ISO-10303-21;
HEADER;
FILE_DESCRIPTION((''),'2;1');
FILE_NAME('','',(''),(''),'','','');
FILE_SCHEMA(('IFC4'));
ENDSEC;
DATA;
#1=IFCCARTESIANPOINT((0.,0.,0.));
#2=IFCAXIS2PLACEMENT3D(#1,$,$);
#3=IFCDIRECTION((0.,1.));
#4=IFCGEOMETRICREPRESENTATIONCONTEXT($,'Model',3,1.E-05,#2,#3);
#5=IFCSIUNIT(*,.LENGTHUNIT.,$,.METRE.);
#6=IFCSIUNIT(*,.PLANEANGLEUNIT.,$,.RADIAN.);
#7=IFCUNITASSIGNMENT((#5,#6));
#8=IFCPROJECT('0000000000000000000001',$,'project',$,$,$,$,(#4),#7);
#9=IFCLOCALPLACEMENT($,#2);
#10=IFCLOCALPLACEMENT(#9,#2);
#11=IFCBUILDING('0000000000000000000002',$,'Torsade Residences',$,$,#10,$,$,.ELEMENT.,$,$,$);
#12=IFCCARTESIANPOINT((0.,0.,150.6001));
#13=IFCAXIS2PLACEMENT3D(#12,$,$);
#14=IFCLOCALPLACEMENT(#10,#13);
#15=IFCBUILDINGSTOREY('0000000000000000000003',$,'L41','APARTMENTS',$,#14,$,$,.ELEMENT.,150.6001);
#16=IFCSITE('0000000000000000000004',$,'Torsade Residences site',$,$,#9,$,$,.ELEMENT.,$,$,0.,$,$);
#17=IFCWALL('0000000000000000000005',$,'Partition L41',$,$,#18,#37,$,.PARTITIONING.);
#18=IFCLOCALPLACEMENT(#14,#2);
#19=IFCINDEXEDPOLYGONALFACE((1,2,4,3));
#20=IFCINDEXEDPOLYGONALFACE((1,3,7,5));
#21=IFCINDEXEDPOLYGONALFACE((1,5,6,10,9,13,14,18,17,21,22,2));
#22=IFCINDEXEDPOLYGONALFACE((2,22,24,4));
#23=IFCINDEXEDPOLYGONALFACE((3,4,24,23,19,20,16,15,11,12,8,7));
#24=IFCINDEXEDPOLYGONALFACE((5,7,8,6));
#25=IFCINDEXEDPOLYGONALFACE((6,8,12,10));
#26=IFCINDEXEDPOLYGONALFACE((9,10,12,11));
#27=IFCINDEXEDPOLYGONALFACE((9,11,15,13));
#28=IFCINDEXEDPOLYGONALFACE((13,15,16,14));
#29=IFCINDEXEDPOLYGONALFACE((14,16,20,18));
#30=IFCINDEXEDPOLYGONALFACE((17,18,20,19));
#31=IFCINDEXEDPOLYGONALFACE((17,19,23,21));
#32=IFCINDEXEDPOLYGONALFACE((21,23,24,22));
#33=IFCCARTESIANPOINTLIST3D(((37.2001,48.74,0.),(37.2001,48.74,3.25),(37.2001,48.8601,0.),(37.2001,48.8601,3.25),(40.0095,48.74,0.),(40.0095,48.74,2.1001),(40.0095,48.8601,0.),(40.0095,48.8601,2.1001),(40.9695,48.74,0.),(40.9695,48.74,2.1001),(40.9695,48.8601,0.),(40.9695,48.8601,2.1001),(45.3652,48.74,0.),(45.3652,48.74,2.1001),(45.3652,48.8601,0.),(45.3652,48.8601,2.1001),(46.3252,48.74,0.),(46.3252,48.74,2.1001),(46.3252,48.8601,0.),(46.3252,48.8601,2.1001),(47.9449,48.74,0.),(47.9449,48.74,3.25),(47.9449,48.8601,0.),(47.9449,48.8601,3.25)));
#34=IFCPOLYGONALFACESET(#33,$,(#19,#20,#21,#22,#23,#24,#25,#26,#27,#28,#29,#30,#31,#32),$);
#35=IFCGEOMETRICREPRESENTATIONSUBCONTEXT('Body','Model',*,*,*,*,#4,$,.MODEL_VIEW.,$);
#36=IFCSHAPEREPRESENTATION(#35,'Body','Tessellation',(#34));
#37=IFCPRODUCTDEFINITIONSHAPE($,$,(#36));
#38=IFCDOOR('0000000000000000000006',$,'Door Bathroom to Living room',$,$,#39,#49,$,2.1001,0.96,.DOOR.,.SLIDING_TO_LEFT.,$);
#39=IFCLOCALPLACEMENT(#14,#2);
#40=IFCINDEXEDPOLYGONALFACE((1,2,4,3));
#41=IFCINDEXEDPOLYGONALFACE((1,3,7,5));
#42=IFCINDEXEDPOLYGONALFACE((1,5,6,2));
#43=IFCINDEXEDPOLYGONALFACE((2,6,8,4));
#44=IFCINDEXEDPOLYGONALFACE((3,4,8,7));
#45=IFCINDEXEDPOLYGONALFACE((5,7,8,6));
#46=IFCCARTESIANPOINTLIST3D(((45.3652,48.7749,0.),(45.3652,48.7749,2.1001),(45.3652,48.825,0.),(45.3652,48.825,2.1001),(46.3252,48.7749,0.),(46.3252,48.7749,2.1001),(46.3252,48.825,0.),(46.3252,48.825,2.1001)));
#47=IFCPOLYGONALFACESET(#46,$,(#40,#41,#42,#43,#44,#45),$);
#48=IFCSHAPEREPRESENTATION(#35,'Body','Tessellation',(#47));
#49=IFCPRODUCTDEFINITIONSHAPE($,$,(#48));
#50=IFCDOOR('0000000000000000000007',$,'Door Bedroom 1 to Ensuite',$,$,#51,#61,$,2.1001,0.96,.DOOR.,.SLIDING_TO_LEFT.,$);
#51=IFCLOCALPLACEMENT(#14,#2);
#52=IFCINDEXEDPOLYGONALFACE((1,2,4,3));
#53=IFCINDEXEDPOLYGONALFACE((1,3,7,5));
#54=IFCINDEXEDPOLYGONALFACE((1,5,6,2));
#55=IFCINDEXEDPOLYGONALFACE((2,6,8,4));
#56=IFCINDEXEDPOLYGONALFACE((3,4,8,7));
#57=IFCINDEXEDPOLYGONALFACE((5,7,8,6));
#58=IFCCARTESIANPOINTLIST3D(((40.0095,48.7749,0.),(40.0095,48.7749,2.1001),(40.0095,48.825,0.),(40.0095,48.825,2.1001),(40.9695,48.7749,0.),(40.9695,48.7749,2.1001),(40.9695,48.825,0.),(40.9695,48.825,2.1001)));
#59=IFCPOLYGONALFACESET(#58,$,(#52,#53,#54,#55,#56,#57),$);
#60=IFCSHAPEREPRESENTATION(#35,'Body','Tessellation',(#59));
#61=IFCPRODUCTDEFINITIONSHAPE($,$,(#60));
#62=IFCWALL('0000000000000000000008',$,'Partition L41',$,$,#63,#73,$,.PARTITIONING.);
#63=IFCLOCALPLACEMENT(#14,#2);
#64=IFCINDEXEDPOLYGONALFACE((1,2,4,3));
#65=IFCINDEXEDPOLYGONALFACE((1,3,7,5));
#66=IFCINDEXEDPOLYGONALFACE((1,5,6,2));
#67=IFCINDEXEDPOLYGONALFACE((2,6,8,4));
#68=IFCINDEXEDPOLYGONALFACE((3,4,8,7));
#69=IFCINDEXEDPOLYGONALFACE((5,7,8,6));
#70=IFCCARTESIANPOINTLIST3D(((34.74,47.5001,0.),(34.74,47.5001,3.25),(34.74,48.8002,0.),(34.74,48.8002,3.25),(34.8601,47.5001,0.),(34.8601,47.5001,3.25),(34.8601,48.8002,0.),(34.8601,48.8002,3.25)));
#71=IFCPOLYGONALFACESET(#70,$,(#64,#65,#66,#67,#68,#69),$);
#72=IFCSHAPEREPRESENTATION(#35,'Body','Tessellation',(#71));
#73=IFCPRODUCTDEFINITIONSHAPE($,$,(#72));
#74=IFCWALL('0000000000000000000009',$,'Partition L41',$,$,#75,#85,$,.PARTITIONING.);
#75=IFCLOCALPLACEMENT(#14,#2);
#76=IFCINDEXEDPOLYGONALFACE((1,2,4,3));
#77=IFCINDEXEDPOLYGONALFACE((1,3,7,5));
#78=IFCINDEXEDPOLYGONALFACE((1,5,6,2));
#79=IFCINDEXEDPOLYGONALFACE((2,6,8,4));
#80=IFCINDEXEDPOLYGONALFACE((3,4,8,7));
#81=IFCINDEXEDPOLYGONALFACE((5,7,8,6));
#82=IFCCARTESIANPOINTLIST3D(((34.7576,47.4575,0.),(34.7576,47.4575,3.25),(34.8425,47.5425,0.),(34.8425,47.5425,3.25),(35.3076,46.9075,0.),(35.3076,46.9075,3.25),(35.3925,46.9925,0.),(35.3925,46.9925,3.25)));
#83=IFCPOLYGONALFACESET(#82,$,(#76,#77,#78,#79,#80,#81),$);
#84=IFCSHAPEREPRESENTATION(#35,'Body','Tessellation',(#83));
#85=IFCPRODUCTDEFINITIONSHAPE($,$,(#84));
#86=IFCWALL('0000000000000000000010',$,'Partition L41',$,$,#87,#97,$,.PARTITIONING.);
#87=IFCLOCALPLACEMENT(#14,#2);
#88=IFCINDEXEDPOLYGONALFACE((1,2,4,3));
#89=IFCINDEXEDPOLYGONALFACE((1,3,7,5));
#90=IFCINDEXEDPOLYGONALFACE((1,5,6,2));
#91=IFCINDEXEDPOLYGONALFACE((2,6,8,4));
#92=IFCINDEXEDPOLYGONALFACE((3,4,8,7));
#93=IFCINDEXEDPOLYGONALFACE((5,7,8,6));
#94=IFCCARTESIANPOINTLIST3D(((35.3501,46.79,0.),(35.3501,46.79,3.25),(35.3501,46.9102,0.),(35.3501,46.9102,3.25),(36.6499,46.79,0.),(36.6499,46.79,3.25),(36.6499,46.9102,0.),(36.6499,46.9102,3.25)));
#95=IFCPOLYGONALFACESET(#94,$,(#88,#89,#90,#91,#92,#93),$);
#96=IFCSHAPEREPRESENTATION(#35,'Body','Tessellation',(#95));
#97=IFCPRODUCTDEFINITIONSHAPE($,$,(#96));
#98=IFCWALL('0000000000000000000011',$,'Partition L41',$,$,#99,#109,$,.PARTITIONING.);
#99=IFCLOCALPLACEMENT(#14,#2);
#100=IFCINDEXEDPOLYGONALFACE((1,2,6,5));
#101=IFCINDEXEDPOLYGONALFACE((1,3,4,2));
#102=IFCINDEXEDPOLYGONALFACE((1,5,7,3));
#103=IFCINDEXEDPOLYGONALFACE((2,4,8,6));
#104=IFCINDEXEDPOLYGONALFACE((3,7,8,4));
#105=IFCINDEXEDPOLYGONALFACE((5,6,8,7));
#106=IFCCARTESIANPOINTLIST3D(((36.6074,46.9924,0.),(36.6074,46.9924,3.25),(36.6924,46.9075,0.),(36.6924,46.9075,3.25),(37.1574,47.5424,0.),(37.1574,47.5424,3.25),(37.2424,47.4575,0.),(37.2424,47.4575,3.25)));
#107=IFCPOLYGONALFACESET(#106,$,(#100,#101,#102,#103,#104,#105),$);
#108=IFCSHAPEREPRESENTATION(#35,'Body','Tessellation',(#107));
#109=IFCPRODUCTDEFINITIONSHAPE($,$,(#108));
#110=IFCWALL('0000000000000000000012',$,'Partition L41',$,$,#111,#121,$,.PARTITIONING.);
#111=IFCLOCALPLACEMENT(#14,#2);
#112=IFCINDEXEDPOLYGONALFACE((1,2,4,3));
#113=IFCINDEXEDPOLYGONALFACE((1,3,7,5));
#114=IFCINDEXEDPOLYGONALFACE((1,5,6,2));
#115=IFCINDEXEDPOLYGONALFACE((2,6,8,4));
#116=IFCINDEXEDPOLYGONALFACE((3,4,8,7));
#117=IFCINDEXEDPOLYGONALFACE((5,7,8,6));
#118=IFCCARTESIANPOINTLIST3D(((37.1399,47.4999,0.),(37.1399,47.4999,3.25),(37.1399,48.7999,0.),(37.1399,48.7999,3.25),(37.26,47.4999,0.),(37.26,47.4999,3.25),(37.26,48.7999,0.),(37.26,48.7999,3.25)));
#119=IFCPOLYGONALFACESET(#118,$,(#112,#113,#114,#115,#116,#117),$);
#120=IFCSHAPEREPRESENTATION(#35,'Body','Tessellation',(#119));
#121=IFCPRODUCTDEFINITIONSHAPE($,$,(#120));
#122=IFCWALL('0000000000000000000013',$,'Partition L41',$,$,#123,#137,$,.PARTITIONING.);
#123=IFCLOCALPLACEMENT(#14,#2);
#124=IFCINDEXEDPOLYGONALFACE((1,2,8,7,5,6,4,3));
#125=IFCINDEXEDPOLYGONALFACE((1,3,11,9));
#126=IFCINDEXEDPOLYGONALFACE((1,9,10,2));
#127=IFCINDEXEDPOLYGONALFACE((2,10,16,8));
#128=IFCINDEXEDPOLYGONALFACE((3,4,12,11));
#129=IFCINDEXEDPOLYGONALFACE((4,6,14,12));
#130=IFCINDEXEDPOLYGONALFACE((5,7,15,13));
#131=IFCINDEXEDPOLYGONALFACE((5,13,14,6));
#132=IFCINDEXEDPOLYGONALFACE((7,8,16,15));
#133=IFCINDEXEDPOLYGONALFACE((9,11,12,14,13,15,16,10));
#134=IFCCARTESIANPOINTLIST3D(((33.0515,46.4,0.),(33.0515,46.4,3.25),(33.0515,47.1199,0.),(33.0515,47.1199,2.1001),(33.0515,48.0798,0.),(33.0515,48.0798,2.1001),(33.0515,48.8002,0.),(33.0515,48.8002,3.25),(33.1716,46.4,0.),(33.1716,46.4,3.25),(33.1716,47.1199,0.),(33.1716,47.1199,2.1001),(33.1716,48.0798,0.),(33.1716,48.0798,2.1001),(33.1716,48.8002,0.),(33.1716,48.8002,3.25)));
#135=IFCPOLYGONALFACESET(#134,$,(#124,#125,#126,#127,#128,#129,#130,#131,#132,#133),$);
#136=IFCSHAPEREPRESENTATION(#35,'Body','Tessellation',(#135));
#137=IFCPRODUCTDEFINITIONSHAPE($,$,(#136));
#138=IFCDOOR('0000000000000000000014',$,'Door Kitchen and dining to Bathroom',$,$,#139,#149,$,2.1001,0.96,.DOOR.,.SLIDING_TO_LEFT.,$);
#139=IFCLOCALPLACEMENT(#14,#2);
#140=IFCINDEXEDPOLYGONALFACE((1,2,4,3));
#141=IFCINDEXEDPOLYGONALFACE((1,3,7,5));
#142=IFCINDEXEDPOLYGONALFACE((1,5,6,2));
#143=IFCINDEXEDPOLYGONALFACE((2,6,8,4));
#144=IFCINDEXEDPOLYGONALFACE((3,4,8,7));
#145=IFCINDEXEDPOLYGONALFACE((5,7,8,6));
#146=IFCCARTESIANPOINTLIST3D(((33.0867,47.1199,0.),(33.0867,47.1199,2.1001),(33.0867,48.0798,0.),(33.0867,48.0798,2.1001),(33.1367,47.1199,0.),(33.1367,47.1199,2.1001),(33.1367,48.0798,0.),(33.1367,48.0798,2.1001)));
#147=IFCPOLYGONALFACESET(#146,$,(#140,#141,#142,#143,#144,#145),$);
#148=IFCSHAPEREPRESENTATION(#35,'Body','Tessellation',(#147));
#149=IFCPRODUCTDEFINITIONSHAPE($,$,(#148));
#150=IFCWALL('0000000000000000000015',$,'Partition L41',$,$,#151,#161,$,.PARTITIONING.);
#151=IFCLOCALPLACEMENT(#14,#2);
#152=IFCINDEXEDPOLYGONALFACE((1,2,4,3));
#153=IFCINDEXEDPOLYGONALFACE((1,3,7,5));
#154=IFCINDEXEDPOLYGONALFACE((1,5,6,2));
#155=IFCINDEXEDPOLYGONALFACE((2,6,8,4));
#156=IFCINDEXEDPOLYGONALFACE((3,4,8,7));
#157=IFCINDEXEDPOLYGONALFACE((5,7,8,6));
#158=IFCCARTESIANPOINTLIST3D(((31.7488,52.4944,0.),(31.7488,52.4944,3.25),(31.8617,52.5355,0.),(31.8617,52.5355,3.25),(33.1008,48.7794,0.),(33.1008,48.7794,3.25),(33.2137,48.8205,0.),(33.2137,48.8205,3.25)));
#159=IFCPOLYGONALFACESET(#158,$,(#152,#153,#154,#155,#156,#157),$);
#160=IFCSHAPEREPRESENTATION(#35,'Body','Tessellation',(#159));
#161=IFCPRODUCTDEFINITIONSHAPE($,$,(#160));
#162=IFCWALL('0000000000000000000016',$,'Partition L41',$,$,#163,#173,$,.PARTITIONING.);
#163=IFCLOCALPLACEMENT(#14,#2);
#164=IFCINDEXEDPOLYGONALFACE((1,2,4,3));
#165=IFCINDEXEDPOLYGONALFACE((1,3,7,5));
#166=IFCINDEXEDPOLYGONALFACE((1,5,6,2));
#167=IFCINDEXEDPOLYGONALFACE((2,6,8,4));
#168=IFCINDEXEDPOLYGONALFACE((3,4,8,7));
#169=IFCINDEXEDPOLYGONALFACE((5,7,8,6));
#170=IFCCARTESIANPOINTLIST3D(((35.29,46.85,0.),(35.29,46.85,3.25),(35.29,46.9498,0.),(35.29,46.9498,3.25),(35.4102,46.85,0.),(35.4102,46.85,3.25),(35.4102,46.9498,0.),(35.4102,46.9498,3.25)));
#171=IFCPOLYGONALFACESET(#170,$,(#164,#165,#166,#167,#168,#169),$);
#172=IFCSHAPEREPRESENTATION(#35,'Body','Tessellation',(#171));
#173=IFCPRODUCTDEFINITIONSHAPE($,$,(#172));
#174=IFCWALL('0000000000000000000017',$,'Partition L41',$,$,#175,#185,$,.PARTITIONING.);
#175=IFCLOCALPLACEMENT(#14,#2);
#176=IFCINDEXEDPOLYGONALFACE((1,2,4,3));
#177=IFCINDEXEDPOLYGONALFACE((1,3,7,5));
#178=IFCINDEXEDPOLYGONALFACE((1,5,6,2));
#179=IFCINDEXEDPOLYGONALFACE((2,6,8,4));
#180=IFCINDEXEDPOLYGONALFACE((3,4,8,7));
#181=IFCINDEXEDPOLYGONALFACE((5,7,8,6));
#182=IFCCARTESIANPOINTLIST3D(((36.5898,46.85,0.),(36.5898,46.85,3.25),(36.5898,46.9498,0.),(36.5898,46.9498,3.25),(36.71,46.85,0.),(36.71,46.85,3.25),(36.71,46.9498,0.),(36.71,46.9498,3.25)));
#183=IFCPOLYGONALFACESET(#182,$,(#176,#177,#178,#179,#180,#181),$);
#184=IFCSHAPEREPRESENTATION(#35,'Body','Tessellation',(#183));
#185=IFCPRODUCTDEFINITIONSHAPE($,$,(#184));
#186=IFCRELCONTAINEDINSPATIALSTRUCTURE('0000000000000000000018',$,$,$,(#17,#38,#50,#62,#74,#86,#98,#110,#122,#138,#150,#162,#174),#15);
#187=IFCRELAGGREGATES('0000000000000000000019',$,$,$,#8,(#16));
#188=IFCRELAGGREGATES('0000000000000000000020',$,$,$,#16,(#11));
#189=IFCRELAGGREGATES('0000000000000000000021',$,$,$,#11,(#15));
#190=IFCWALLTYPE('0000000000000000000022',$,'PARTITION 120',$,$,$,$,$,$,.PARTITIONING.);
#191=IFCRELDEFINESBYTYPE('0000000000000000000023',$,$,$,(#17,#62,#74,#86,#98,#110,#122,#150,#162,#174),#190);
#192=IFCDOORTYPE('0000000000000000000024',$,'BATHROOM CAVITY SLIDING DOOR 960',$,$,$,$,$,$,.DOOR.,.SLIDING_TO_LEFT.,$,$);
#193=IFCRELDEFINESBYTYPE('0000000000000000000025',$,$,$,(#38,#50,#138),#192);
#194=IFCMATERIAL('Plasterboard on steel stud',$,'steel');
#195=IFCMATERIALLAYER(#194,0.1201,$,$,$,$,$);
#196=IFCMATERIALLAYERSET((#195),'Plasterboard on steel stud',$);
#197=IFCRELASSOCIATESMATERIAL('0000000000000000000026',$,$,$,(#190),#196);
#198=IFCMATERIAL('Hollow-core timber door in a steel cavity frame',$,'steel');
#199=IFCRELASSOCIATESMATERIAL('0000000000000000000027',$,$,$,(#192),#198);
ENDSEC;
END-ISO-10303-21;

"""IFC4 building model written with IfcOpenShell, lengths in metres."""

from ifc_helpers import new_model, si_unit, direction, frame, frame_2d, origin, place, context, subcontext, project, spatial, rectangle, extrude, material, layer, layer_set, type_object, element, fill, save


model = new_model("IFC4")

# Units and contexts
model_context = context("Model", 3, precision=1e-05, world=origin(), true_north=direction((0.0, 1.0)))
body_context = subcontext(model_context, "Body", "Model", "MODEL_VIEW")
ifc_project = project(units=[si_unit("LENGTHUNIT", "METRE"), si_unit("PLANEANGLEUNIT", "RADIAN")], contexts=[model_context])

# Site, building, storey
site_placement = place(None, origin())
site = spatial("IfcSite", under=ifc_project, at=site_placement, Name="Torsade Residences site", CompositionType="ELEMENT", RefElevation=0.0)
building_placement = place(site_placement, origin())
building = spatial("IfcBuilding", under=site, at=building_placement, Name="Torsade Residences", CompositionType="ELEMENT")
storey_placement = place(building_placement, frame((0.0, 0.0, 150.6001)))
storey = spatial("IfcBuildingStorey", under=building, at=storey_placement, Name="L41", Description="APARTMENTS", CompositionType="ELEMENT", Elevation=150.6001)

# Wall, openings, doors
ifc_material_1 = material(Name="Plasterboard on steel stud", Category="steel")
ifc_layer_1 = layer(ifc_material_1, 0.1201)
ifc_layer_set_1 = layer_set([ifc_layer_1], Name="Plasterboard on steel stud")
wall_type_1 = type_object("IfcWallType", Name="PARTITION 120", PredefinedType="PARTITIONING", material=ifc_layer_set_1)
wall_1_placement = place(storey_placement, frame((37.2, 48.8, 0.0), z_axis=(0.0, 0.0, 1.0), x_axis=(1.0, 0.0, 0.0)))
wall_1 = element("IfcWall", 1, at=wall_1_placement, inside=storey, type_object=wall_type_1, Name="Partition L41", PredefinedType="PARTITIONING", context=body_context, shape_type="SweptSolid", body=[
    extrude(rectangle(XDim=10.7449, YDim=0.1201, at=frame_2d((5.3726, 0.0))), origin(), (0.0, 0.0, 1.0), 3.25),
])
opening_1_placement = place(wall_1_placement, frame((8.1653, 0.0, 0.0)))
opening_1 = element("IfcOpeningElement", 2, at=opening_1_placement, cuts=wall_1, PredefinedType="OPENING", context=body_context, shape_type="SweptSolid", body=[
    extrude(rectangle(XDim=0.96, YDim=2.1001, at=frame_2d((0.48, 1.05))), frame((0.0, 0.0701, 0.0), z_axis=(0.0, -1.0, 0.0), x_axis=(1.0, 0.0, 0.0)), (0.0, 0.0, 1.0), 0.1401),
])
opening_2_placement = place(wall_1_placement, frame((2.8096, 0.0, 0.0)))
opening_2 = element("IfcOpeningElement", 3, at=opening_2_placement, cuts=wall_1, PredefinedType="OPENING", context=body_context, shape_type="SweptSolid", body=[
    extrude(rectangle(XDim=0.96, YDim=2.1001, at=frame_2d((0.48, 1.05))), frame((0.0, 0.0701, 0.0), z_axis=(0.0, -1.0, 0.0), x_axis=(1.0, 0.0, 0.0)), (0.0, 0.0, 1.0), 0.1401),
])
ifc_material_2 = material(Name="Hollow-core timber door in a steel cavity frame", Category="steel")
door_type = type_object("IfcDoorType", Name="BATHROOM CAVITY SLIDING DOOR 960", OperationType="SLIDING_TO_LEFT", PredefinedType="DOOR", material=ifc_material_2)
door_1_placement = place(opening_1_placement, origin())
door_1 = element("IfcDoor", 4, at=door_1_placement, inside=storey, type_object=door_type, Name="Door Bathroom to Living room", OperationType="SLIDING_TO_LEFT", OverallHeight=2.1001, OverallWidth=0.96, PredefinedType="DOOR", context=body_context, shape_type="SweptSolid", body=[
    extrude(rectangle(XDim=0.96, YDim=2.1001, at=frame_2d((0.48, 1.05))), frame((0.0, 0.0249, 0.0), z_axis=(0.0, -1.0, 0.0), x_axis=(1.0, 0.0, 0.0)), (0.0, 0.0, 1.0), 0.05),
])
fill(opening_1, door_1)
door_2_placement = place(opening_2_placement, origin())
door_2 = element("IfcDoor", 5, at=door_2_placement, inside=storey, type_object=door_type, Name="Door Bedroom 1 to Ensuite", OperationType="SLIDING_TO_LEFT", OverallHeight=2.1001, OverallWidth=0.96, PredefinedType="DOOR", context=body_context, shape_type="SweptSolid", body=[
    extrude(rectangle(XDim=0.96, YDim=2.1001, at=frame_2d((0.48, 1.05))), frame((0.0, 0.0249, 0.0), z_axis=(0.0, -1.0, 0.0), x_axis=(1.0, 0.0, 0.0)), (0.0, 0.0, 1.0), 0.05),
])
fill(opening_2, door_2)

# Walls
wall_2_placement = place(storey_placement, frame((34.8, 48.8, 0.0), z_axis=(0.0, 0.0, 1.0), x_axis=(0.0, -1.0, 0.0)))
element("IfcWall", 6, at=wall_2_placement, inside=storey, type_object=wall_type_1, Name="Partition L41", PredefinedType="PARTITIONING", context=body_context, shape_type="SweptSolid", body=[
    extrude(rectangle(XDim=1.3, YDim=0.1201, at=frame_2d((0.6499, 0.0))), origin(), (0.0, 0.0, 1.0), 3.25),
])
wall_3_placement = place(storey_placement, frame((34.8, 47.5, 0.0), z_axis=(0.0, 0.0, 1.0), x_axis=(0.707107, -0.707107, 0.0)))
element("IfcWall", 7, at=wall_3_placement, inside=storey, type_object=wall_type_1, Name="Partition L41", PredefinedType="PARTITIONING", context=body_context, shape_type="SweptSolid", body=[
    extrude(rectangle(XDim=0.7778, YDim=0.1201, at=frame_2d((0.3889, 0.0))), origin(), (0.0, 0.0, 1.0), 3.25),
])
wall_4_placement = place(storey_placement, frame((35.3501, 46.8501, 0.0), z_axis=(0.0, 0.0, 1.0), x_axis=(1.0, 0.0, 0.0)))
element("IfcWall", 8, at=wall_4_placement, inside=storey, type_object=wall_type_1, Name="Partition L41", PredefinedType="PARTITIONING", context=body_context, shape_type="SweptSolid", body=[
    extrude(rectangle(XDim=1.2998, YDim=0.1201, at=frame_2d((0.6499, 0.0))), origin(), (0.0, 0.0, 1.0), 3.25),
])
wall_5_placement = place(storey_placement, frame((36.6499, 46.95, 0.0), z_axis=(0.0, 0.0, 1.0), x_axis=(0.707107, 0.707107, 0.0)))
element("IfcWall", 9, at=wall_5_placement, inside=storey, type_object=wall_type_1, Name="Partition L41", PredefinedType="PARTITIONING", context=body_context, shape_type="SweptSolid", body=[
    extrude(rectangle(XDim=0.7778, YDim=0.1201, at=frame_2d((0.3889, 0.0))), origin(), (0.0, 0.0, 1.0), 3.25),
])
wall_6_placement = place(storey_placement, frame((37.2, 47.5, 0.0), z_axis=(0.0, 0.0, 1.0), x_axis=(0.0, 1.0, 0.0)))
element("IfcWall", 10, at=wall_6_placement, inside=storey, type_object=wall_type_1, Name="Partition L41", PredefinedType="PARTITIONING", context=body_context, shape_type="SweptSolid", body=[
    extrude(rectangle(XDim=1.3, YDim=0.1201, at=frame_2d((0.6499, 0.0))), origin(), (0.0, 0.0, 1.0), 3.25),
])

# Wall, opening, door
wall_7_placement = place(storey_placement, frame((33.1116, 46.3999, 0.0), z_axis=(0.0, 0.0, 1.0), x_axis=(0.0, 1.0, 0.0)))
wall_7 = element("IfcWall", 11, at=wall_7_placement, inside=storey, type_object=wall_type_1, Name="Partition L41", PredefinedType="PARTITIONING", context=body_context, shape_type="SweptSolid", body=[
    extrude(rectangle(XDim=2.4001, YDim=0.1201, at=frame_2d((1.2002, 0.0))), origin(), (0.0, 0.0, 1.0), 3.25),
])
opening_3_placement = place(wall_7_placement, frame((0.72, 0.0, 0.0)))
opening_3 = element("IfcOpeningElement", 12, at=opening_3_placement, cuts=wall_7, PredefinedType="OPENING", context=body_context, shape_type="SweptSolid", body=[
    extrude(rectangle(XDim=0.96, YDim=2.1001, at=frame_2d((0.48, 1.05))), frame((0.0, 0.0701, 0.0), z_axis=(0.0, -1.0, 0.0), x_axis=(1.0, 0.0, 0.0)), (0.0, 0.0, 1.0), 0.1401),
])
door_3_placement = place(opening_3_placement, origin())
door_3 = element("IfcDoor", 13, at=door_3_placement, inside=storey, type_object=door_type, Name="Door Kitchen and dining to Bathroom", OperationType="SLIDING_TO_LEFT", OverallHeight=2.1001, OverallWidth=0.96, PredefinedType="DOOR", context=body_context, shape_type="SweptSolid", body=[
    extrude(rectangle(XDim=0.96, YDim=2.1001, at=frame_2d((0.48, 1.05))), frame((0.0, 0.0249, 0.0), z_axis=(0.0, -1.0, 0.0), x_axis=(1.0, 0.0, 0.0)), (0.0, 0.0, 1.0), 0.05),
])
fill(opening_3, door_3)

# Walls
wall_8_placement = place(storey_placement, frame((33.1572, 48.8, 0.0), z_axis=(0.0, 0.0, 1.0), x_axis=(-0.341991, 0.939703, 0.0)))
element("IfcWall", 14, at=wall_8_placement, inside=storey, type_object=wall_type_1, Name="Partition L41", PredefinedType="PARTITIONING", context=body_context, shape_type="SweptSolid", body=[
    extrude(rectangle(XDim=3.9534, YDim=0.1201, at=frame_2d((1.9766, 0.0))), origin(), (0.0, 0.0, 1.0), 3.25),
])
for number, where, z_axis, x_axis, name in (
    (15, (35.3501, 46.8501, 0.0), (0.0, 0.0, 1.0), (0.0, 1.0, 0.0), "Partition L41"),
    (16, (36.6499, 46.8501, 0.0), (0.0, 0.0, 1.0), (0.0, 1.0, 0.0), "Partition L41"),
):
    element("IfcWall", number, at=place(storey_placement, frame(where, z_axis=z_axis, x_axis=x_axis)), inside=storey, type_object=wall_type_1, Name=name, PredefinedType="PARTITIONING", context=body_context, shape_type="SweptSolid", body=[
        extrude(rectangle(XDim=0.0999, YDim=0.1201, at=frame_2d((0.0498, 0.0))), origin(), (0.0, 0.0, 1.0), 3.25),
    ])

save(model, "model.ifc")
